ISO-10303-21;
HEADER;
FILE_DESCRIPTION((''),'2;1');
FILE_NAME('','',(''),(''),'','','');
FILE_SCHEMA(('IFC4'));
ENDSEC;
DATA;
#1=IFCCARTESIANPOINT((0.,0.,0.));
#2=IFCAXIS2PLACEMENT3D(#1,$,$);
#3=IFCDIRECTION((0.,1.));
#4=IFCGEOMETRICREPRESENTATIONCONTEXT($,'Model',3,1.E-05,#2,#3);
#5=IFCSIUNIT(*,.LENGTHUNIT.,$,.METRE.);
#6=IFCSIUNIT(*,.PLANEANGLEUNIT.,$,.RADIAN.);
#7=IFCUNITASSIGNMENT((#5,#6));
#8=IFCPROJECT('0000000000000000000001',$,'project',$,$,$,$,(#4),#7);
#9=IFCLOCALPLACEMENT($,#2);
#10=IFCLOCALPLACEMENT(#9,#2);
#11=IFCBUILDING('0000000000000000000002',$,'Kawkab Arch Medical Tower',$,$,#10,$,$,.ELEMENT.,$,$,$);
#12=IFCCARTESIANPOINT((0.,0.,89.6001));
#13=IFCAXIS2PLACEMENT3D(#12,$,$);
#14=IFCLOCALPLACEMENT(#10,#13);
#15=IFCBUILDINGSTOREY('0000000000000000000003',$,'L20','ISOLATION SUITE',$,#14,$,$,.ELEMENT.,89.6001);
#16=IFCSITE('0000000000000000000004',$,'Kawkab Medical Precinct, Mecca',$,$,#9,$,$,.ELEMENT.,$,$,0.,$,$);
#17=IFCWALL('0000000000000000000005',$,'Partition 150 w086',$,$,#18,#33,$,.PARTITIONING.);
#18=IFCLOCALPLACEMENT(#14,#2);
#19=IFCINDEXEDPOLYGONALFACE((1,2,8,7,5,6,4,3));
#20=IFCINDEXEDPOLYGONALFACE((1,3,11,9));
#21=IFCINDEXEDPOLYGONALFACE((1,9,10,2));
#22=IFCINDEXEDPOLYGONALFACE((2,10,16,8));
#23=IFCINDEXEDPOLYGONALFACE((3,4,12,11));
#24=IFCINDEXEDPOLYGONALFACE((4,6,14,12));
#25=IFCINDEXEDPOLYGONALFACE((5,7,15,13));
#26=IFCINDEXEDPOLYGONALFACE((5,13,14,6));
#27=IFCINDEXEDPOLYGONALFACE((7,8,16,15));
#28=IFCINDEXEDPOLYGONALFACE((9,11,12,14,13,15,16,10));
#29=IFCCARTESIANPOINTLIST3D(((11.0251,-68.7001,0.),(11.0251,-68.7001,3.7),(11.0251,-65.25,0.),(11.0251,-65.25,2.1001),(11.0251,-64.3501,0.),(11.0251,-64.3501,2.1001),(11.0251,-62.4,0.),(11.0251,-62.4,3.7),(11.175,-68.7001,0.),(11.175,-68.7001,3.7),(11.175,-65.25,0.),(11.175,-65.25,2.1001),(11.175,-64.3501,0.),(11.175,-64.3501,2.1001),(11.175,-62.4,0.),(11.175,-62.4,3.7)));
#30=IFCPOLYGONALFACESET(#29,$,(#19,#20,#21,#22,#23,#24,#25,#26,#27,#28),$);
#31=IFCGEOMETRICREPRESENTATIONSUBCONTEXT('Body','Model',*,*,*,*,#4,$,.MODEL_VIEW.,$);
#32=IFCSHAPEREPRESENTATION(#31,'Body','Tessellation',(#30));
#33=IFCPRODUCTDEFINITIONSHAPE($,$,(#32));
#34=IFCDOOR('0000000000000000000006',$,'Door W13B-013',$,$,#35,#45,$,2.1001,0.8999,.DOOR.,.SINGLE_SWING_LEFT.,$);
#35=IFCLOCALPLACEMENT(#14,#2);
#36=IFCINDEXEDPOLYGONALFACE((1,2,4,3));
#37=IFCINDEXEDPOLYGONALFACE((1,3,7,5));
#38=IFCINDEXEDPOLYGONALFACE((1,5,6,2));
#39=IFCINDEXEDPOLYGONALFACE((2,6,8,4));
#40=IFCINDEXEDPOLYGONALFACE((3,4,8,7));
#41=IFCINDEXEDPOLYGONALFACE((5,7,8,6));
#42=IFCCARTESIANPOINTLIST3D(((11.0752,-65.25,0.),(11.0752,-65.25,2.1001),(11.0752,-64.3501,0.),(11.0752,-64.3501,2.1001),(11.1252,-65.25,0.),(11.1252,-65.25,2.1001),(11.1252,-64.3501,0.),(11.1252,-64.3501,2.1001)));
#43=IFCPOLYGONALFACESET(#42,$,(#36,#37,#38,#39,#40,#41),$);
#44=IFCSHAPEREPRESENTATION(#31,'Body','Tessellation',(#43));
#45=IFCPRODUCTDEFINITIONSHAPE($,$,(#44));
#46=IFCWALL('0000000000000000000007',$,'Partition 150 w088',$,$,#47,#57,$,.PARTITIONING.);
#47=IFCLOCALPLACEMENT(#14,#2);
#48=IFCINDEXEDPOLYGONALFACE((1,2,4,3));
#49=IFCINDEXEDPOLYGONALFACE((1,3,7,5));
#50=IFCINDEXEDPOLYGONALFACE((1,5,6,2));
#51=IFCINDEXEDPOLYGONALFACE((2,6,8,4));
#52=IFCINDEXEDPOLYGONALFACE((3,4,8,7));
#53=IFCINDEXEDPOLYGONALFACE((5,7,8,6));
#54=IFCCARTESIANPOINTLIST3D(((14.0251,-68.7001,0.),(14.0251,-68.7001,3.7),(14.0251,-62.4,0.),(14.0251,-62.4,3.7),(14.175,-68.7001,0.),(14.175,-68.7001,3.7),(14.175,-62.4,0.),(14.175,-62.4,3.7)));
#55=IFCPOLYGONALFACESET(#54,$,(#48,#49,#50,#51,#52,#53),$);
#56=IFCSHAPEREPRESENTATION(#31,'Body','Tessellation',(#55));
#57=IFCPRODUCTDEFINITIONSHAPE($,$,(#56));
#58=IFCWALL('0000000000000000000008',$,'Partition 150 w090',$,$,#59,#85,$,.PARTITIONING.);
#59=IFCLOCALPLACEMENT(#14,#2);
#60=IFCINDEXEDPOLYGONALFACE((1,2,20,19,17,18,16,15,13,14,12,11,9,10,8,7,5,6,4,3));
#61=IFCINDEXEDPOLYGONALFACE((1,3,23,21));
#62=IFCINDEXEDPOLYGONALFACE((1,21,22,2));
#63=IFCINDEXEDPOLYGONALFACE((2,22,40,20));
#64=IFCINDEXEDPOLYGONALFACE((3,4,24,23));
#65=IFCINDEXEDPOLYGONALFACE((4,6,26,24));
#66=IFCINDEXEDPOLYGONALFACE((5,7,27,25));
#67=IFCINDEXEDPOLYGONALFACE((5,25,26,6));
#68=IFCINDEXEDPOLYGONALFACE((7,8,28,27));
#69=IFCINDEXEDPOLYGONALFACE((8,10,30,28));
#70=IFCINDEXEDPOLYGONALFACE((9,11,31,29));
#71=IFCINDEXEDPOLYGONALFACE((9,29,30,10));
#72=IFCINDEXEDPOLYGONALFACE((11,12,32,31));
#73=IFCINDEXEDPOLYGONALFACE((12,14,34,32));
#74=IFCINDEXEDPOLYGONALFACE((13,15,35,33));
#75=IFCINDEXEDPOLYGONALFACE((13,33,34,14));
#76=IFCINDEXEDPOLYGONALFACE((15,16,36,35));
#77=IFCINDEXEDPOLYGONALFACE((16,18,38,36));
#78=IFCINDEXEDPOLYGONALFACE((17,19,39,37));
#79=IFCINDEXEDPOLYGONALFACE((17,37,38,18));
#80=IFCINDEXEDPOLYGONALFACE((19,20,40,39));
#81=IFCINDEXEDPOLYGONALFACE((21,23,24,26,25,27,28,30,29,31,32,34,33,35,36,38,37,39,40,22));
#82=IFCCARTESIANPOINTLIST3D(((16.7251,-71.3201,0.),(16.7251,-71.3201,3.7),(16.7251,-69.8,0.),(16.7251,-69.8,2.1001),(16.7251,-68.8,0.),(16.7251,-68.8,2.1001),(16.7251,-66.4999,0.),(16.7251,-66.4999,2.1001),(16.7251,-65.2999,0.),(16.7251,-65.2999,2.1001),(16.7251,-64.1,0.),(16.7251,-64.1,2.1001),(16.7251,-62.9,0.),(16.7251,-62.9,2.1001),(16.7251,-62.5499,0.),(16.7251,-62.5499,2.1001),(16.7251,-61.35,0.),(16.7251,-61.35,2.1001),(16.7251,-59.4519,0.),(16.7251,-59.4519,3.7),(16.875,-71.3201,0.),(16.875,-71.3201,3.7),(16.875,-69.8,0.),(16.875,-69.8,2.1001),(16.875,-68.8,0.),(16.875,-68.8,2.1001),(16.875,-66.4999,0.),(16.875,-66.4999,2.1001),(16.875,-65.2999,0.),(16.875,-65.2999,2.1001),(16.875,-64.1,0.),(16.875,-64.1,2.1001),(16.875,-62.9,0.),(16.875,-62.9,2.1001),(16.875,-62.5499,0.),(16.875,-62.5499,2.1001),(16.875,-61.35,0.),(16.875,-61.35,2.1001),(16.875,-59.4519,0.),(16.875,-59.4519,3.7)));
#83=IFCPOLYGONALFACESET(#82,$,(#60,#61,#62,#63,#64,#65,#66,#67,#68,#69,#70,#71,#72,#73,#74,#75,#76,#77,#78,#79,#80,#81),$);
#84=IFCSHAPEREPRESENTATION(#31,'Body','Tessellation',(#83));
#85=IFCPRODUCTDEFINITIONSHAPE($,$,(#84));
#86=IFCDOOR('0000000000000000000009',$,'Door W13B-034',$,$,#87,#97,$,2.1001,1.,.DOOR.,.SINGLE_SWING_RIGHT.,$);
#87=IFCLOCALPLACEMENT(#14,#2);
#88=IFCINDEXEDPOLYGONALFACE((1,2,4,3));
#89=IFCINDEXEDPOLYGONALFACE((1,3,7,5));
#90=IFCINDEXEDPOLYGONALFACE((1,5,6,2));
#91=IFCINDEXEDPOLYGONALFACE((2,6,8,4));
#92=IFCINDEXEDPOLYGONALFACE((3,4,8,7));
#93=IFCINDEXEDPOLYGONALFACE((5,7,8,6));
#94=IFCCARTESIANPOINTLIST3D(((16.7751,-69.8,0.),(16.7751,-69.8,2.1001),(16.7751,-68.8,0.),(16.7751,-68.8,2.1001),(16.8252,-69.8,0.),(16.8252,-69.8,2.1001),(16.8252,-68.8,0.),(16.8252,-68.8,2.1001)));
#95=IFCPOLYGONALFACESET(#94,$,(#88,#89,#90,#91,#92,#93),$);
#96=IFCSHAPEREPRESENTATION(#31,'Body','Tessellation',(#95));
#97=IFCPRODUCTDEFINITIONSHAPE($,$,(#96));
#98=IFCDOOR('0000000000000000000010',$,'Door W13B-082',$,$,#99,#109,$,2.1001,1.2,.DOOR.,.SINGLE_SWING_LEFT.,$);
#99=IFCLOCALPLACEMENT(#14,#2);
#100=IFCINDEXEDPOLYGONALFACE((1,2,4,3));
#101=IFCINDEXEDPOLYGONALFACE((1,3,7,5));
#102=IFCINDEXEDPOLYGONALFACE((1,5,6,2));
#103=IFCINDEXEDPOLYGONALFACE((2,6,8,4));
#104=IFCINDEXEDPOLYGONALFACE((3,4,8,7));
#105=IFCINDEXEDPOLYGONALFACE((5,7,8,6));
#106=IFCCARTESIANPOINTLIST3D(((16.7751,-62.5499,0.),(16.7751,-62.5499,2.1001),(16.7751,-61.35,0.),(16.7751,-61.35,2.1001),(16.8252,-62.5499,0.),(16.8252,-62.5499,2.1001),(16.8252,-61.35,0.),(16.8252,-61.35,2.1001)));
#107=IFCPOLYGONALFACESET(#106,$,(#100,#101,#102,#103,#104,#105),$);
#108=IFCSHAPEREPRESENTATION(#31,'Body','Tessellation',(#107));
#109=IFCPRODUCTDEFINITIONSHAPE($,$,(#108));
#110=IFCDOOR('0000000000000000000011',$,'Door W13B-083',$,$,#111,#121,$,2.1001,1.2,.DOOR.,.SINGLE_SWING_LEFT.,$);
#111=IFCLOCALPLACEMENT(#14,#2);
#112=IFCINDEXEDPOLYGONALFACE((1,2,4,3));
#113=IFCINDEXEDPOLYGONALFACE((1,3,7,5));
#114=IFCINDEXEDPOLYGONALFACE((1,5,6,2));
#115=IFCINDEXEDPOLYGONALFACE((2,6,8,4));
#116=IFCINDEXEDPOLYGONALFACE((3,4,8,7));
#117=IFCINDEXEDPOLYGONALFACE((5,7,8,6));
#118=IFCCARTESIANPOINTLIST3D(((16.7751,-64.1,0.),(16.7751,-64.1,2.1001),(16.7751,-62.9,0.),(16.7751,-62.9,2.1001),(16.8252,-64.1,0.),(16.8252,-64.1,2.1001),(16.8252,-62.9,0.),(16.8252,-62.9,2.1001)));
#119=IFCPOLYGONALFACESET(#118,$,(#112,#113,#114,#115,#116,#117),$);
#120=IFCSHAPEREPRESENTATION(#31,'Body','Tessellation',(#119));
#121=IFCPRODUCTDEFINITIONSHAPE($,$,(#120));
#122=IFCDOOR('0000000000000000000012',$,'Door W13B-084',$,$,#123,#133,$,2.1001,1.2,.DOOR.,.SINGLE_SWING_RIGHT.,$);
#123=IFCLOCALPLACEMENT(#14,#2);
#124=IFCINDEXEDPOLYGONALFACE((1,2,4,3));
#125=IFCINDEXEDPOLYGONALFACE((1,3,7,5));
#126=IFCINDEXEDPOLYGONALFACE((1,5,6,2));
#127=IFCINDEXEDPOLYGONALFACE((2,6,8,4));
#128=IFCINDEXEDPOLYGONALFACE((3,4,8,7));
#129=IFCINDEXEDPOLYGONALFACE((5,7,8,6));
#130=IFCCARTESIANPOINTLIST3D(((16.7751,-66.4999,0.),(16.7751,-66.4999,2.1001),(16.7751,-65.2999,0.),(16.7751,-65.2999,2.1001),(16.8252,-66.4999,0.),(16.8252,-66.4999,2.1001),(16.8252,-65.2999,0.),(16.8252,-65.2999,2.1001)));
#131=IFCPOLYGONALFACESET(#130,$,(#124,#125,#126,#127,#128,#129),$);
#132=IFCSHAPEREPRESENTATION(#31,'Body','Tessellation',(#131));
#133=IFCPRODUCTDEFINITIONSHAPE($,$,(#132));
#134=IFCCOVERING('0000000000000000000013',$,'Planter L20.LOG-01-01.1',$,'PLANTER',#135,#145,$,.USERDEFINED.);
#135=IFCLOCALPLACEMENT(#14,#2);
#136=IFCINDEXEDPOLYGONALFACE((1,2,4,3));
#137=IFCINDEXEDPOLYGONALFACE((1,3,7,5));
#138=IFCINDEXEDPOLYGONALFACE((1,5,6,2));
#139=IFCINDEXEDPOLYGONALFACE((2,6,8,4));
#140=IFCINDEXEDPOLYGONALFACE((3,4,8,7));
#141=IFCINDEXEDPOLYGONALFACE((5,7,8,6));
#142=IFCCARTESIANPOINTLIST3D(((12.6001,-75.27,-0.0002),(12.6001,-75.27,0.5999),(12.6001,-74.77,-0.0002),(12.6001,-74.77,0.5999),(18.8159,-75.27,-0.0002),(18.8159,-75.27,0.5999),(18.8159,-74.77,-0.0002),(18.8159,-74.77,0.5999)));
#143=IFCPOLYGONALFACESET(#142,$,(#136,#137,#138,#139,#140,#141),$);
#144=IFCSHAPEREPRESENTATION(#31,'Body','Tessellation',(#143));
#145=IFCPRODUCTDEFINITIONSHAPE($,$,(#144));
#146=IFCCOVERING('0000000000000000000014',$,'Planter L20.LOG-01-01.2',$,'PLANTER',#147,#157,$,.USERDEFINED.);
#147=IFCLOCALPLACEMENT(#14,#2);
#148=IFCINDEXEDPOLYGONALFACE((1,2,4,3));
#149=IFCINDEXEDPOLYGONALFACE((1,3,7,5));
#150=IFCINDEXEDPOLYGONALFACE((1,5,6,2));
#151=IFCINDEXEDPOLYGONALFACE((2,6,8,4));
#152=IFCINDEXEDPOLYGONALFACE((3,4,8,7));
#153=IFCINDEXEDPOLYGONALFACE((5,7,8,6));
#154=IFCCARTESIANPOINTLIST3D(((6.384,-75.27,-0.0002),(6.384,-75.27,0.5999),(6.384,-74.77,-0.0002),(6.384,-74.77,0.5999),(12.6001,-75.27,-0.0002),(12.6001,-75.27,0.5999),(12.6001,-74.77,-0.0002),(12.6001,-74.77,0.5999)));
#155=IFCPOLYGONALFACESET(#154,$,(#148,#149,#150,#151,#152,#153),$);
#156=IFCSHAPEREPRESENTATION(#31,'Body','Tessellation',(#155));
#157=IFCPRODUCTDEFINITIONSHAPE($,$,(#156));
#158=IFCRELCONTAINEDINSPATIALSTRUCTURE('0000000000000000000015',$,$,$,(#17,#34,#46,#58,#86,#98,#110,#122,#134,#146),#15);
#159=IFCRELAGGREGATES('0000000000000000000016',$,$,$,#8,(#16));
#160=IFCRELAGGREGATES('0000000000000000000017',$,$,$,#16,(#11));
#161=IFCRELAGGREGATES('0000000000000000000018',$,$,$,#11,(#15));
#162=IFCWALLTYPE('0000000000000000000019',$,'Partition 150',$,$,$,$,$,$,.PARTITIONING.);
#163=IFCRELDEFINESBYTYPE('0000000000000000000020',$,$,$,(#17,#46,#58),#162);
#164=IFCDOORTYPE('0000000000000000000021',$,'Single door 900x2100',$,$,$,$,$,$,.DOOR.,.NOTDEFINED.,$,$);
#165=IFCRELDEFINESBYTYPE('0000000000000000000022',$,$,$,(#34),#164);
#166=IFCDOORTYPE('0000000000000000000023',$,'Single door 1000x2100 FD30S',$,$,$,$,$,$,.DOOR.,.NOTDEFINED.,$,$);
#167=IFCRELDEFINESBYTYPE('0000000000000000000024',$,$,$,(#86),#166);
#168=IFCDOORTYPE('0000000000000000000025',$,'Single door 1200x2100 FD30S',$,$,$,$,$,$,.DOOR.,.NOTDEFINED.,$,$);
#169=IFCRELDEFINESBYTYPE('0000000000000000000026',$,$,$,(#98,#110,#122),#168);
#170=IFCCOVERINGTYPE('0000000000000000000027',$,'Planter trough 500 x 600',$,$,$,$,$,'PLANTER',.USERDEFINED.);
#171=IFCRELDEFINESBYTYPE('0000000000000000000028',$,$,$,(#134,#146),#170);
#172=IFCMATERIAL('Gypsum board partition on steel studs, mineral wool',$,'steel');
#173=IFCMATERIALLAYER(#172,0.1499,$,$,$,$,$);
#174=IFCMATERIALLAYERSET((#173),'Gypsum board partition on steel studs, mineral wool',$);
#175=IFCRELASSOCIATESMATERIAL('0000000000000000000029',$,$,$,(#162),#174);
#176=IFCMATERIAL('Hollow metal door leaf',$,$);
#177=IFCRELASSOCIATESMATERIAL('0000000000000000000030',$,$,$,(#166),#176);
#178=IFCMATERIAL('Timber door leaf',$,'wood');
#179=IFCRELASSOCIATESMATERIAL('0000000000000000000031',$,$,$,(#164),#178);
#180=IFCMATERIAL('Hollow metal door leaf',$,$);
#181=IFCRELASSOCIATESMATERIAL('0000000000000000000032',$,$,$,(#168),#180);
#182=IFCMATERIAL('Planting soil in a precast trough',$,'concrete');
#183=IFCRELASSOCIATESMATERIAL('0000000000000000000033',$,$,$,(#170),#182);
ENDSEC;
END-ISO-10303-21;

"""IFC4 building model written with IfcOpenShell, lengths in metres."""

from ifc_helpers import new_model, si_unit, direction, frame, frame_2d, origin, origin_2d, place, context, subcontext, project, spatial, rectangle, extrude, material, layer, layer_set, material_profile, profile_set, type_object, element, fill, save


model = new_model("IFC4")

# Units and contexts
model_context = context("Model", 3, precision=1e-05, world=origin(), true_north=direction((0.0, 1.0)))
body_context = subcontext(model_context, "Body", "Model", "MODEL_VIEW")
ifc_project = project(units=[si_unit("LENGTHUNIT", "METRE"), si_unit("PLANEANGLEUNIT", "RADIAN")], contexts=[model_context])

# Site, building, storey
site_placement = place(None, origin())
site = spatial("IfcSite", under=ifc_project, at=site_placement, Name="Kawkab Medical Precinct, Mecca", CompositionType="ELEMENT", RefElevation=0.0)
building_placement = place(site_placement, origin())
building = spatial("IfcBuilding", under=site, at=building_placement, Name="Kawkab Arch Medical Tower", CompositionType="ELEMENT")
storey_placement = place(building_placement, frame((0.0, 0.0, 89.6001)))
storey = spatial("IfcBuildingStorey", under=building, at=storey_placement, Name="L20", Description="ISOLATION SUITE", CompositionType="ELEMENT", Elevation=89.6001)

# Shared definitions
ifc_material_1 = material(Name="Gypsum board partition on steel studs, mineral wool", Category="steel")
ifc_layer_1 = layer(ifc_material_1, 0.1499)
ifc_layer_set_1 = layer_set([ifc_layer_1], Name="Gypsum board partition on steel studs, mineral wool")
wall_type_1 = type_object("IfcWallType", Name="Partition 150", PredefinedType="PARTITIONING", material=ifc_layer_set_1)
ifc_material_2 = material(Name="Hollow metal door leaf")
door_type_1 = type_object("IfcDoorType", Name="Single door 1000x2100 FD30S", OperationType="NOTDEFINED", PredefinedType="DOOR", material=ifc_material_2)

# Wall, opening, door
wall_1_placement = place(storey_placement, frame((11.1001, -68.7, 0.0), z_axis=(0.0, 0.0, 1.0), x_axis=(0.0, 1.0, 0.0)))
wall_1 = element("IfcWall", 1, at=wall_1_placement, inside=storey, type_object=wall_type_1, Name="Partition 150 w086", PredefinedType="PARTITIONING", context=body_context, shape_type="SweptSolid", body=[
    extrude(rectangle(XDim=6.3, YDim=0.1499, at=frame_2d((3.1499, 0.0))), origin(), (0.0, 0.0, 1.0), 3.7),
])
opening_1_placement = place(wall_1_placement, frame((3.45, 0.0, 0.0)))
opening_1 = element("IfcOpeningElement", 2, at=opening_1_placement, cuts=wall_1, PredefinedType="OPENING", context=body_context, shape_type="SweptSolid", body=[
    extrude(rectangle(XDim=0.8999, YDim=2.1001, at=frame_2d((0.45, 1.05))), frame((0.0, 0.085, 0.0), z_axis=(0.0, -1.0, 0.0), x_axis=(1.0, 0.0, 0.0)), (0.0, 0.0, 1.0), 0.1699),
])
ifc_material_3 = material(Name="Timber door leaf", Category="wood")
door_type_2 = type_object("IfcDoorType", Name="Single door 900x2100", OperationType="NOTDEFINED", PredefinedType="DOOR", material=ifc_material_3)
door_1_placement = place(opening_1_placement, origin())
door_1 = element("IfcDoor", 3, at=door_1_placement, inside=storey, type_object=door_type_2, Name="Door W13B-013", OperationType="SINGLE_SWING_LEFT", OverallHeight=2.1001, OverallWidth=0.8999, PredefinedType="DOOR", context=body_context, shape_type="SweptSolid", body=[
    extrude(rectangle(XDim=0.8999, YDim=2.1001, at=frame_2d((0.45, 1.05))), frame((0.0, 0.0249, 0.0), z_axis=(0.0, -1.0, 0.0), x_axis=(1.0, 0.0, 0.0)), (0.0, 0.0, 1.0), 0.05),
])
fill(opening_1, door_1)

# Wall
wall_2_placement = place(storey_placement, frame((14.1001, -68.7, 0.0), z_axis=(0.0, 0.0, 1.0), x_axis=(0.0, 1.0, 0.0)))
element("IfcWall", 4, at=wall_2_placement, inside=storey, type_object=wall_type_1, Name="Partition 150 w088", PredefinedType="PARTITIONING", context=body_context, shape_type="SweptSolid", body=[
    extrude(rectangle(XDim=6.3, YDim=0.1499, at=frame_2d((3.1499, 0.0))), origin(), (0.0, 0.0, 1.0), 3.7),
])

# Wall, openings, doors
wall_3_placement = place(storey_placement, frame((16.8, -71.3201, 0.0), z_axis=(0.0, 0.0, 1.0), x_axis=(0.0, 1.0, 0.0)))
wall_3 = element("IfcWall", 5, at=wall_3_placement, inside=storey, type_object=wall_type_1, Name="Partition 150 w090", PredefinedType="PARTITIONING", context=body_context, shape_type="SweptSolid", body=[
    extrude(rectangle(XDim=11.8682, YDim=0.1499, at=frame_2d((5.9341, 0.0))), origin(), (0.0, 0.0, 1.0), 3.7),
])
opening_2_placement = place(wall_3_placement, frame((8.77, 0.0, 0.0)))
opening_2 = element("IfcOpeningElement", 6, at=opening_2_placement, cuts=wall_3, PredefinedType="OPENING", context=body_context, shape_type="SweptSolid", body=[
    extrude(rectangle(XDim=1.2, YDim=2.1001, at=frame_2d((0.6001, 1.05))), frame((0.0, 0.085, 0.0), z_axis=(0.0, -1.0, 0.0), x_axis=(1.0, 0.0, 0.0)), (0.0, 0.0, 1.0), 0.1699),
])
opening_3_placement = place(wall_3_placement, frame((7.22, 0.0, 0.0)))
opening_3 = element("IfcOpeningElement", 7, at=opening_3_placement, cuts=wall_3, PredefinedType="OPENING", context=body_context, shape_type="SweptSolid", body=[
    extrude(rectangle(XDim=1.2, YDim=2.1001, at=frame_2d((0.6001, 1.05))), frame((0.0, 0.085, 0.0), z_axis=(0.0, -1.0, 0.0), x_axis=(1.0, 0.0, 0.0)), (0.0, 0.0, 1.0), 0.1699),
])
opening_4_placement = place(wall_3_placement, frame((4.8201, 0.0, 0.0)))
opening_4 = element("IfcOpeningElement", 8, at=opening_4_placement, cuts=wall_3, PredefinedType="OPENING", context=body_context, shape_type="SweptSolid", body=[
    extrude(rectangle(XDim=1.2, YDim=2.1001, at=frame_2d((0.6001, 1.05))), frame((0.0, 0.085, 0.0), z_axis=(0.0, -1.0, 0.0), x_axis=(1.0, 0.0, 0.0)), (0.0, 0.0, 1.0), 0.1699),
])
opening_5_placement = place(wall_3_placement, frame((1.52, 0.0, 0.0)))
opening_5 = element("IfcOpeningElement", 9, at=opening_5_placement, cuts=wall_3, PredefinedType="OPENING", context=body_context, shape_type="SweptSolid", body=[
    extrude(rectangle(XDim=1.0, YDim=2.1001, at=frame_2d((0.5, 1.05))), frame((0.0, 0.085, 0.0), z_axis=(0.0, -1.0, 0.0), x_axis=(1.0, 0.0, 0.0)), (0.0, 0.0, 1.0), 0.1699),
])
door_2_placement = place(opening_5_placement, origin())
door_2 = element("IfcDoor", 10, at=door_2_placement, inside=storey, type_object=door_type_1, Name="Door W13B-034", OperationType="SINGLE_SWING_RIGHT", OverallHeight=2.1001, OverallWidth=1.0, PredefinedType="DOOR", context=body_context, shape_type="SweptSolid", body=[
    extrude(rectangle(XDim=1.0, YDim=2.1001, at=frame_2d((0.5, 1.05))), frame((0.0, 0.0249, 0.0), z_axis=(0.0, -1.0, 0.0), x_axis=(1.0, 0.0, 0.0)), (0.0, 0.0, 1.0), 0.05),
])
fill(opening_5, door_2)
ifc_material_4 = material(Name="Hollow metal door leaf")
door_type_3 = type_object("IfcDoorType", Name="Single door 1200x2100 FD30S", OperationType="NOTDEFINED", PredefinedType="DOOR", material=ifc_material_4)
door_3_placement = place(opening_2_placement, origin())
door_3 = element("IfcDoor", 11, at=door_3_placement, inside=storey, type_object=door_type_3, Name="Door W13B-082", OperationType="SINGLE_SWING_LEFT", OverallHeight=2.1001, OverallWidth=1.2, PredefinedType="DOOR", context=body_context, shape_type="SweptSolid", body=[
    extrude(rectangle(XDim=1.2, YDim=2.1001, at=frame_2d((0.6001, 1.05))), frame((0.0, 0.0249, 0.0), z_axis=(0.0, -1.0, 0.0), x_axis=(1.0, 0.0, 0.0)), (0.0, 0.0, 1.0), 0.05),
])
fill(opening_2, door_3)
door_4_placement = place(opening_3_placement, origin())
door_4 = element("IfcDoor", 12, at=door_4_placement, inside=storey, type_object=door_type_3, Name="Door W13B-083", OperationType="SINGLE_SWING_LEFT", OverallHeight=2.1001, OverallWidth=1.2, PredefinedType="DOOR", context=body_context, shape_type="SweptSolid", body=[
    extrude(rectangle(XDim=1.2, YDim=2.1001, at=frame_2d((0.6001, 1.05))), frame((0.0, 0.0249, 0.0), z_axis=(0.0, -1.0, 0.0), x_axis=(1.0, 0.0, 0.0)), (0.0, 0.0, 1.0), 0.05),
])
fill(opening_3, door_4)
door_5_placement = place(opening_4_placement, origin())
door_5 = element("IfcDoor", 13, at=door_5_placement, inside=storey, type_object=door_type_3, Name="Door W13B-084", OperationType="SINGLE_SWING_RIGHT", OverallHeight=2.1001, OverallWidth=1.2, PredefinedType="DOOR", context=body_context, shape_type="SweptSolid", body=[
    extrude(rectangle(XDim=1.2, YDim=2.1001, at=frame_2d((0.6001, 1.05))), frame((0.0, 0.0249, 0.0), z_axis=(0.0, -1.0, 0.0), x_axis=(1.0, 0.0, 0.0)), (0.0, 0.0, 1.0), 0.05),
])
fill(opening_4, door_5)

# Coverings
ifc_material_5 = material(Name="Planting soil in a precast trough", Category="concrete")
ifc_material_profile_1 = material_profile(ifc_material_5, rectangle(XDim=0.5, YDim=0.6001, at=origin_2d()), Name="Trough 500x600")
ifc_profile_set_1 = profile_set([ifc_material_profile_1], Name="Planting soil in a precast trough")
covering_type = type_object("IfcCoveringType", Name="Planter trough 500 x 600", ElementType="PLANTER", PredefinedType="USERDEFINED", material=ifc_profile_set_1)
covering_1_placement = place(storey_placement, frame((18.8159, -75.02, 0.2998), z_axis=(-1.0, 0.0, 0.0), x_axis=(0.0, -1.0, 0.0)))
element("IfcCovering", 14, at=covering_1_placement, inside=storey, type_object=covering_type, Name="Planter L20.LOG-01-01.1", ObjectType="PLANTER", PredefinedType="USERDEFINED", context=body_context, shape_type="SweptSolid", body=[
    extrude(rectangle(XDim=0.5, YDim=0.6001, at=origin_2d()), origin(), (0.0, 0.0, 1.0), 6.2158),
])
covering_2_placement = place(storey_placement, frame((12.6001, -75.02, 0.2998), z_axis=(-1.0, 0.0, 0.0), x_axis=(0.0, -1.0, 0.0)))
element("IfcCovering", 15, at=covering_2_placement, inside=storey, type_object=covering_type, Name="Planter L20.LOG-01-01.2", ObjectType="PLANTER", PredefinedType="USERDEFINED", context=body_context, shape_type="SweptSolid", body=[
    extrude(rectangle(XDim=0.5, YDim=0.6001, at=origin_2d()), origin(), (0.0, 0.0, 1.0), 6.2161),
])

save(model, "model.ifc")
